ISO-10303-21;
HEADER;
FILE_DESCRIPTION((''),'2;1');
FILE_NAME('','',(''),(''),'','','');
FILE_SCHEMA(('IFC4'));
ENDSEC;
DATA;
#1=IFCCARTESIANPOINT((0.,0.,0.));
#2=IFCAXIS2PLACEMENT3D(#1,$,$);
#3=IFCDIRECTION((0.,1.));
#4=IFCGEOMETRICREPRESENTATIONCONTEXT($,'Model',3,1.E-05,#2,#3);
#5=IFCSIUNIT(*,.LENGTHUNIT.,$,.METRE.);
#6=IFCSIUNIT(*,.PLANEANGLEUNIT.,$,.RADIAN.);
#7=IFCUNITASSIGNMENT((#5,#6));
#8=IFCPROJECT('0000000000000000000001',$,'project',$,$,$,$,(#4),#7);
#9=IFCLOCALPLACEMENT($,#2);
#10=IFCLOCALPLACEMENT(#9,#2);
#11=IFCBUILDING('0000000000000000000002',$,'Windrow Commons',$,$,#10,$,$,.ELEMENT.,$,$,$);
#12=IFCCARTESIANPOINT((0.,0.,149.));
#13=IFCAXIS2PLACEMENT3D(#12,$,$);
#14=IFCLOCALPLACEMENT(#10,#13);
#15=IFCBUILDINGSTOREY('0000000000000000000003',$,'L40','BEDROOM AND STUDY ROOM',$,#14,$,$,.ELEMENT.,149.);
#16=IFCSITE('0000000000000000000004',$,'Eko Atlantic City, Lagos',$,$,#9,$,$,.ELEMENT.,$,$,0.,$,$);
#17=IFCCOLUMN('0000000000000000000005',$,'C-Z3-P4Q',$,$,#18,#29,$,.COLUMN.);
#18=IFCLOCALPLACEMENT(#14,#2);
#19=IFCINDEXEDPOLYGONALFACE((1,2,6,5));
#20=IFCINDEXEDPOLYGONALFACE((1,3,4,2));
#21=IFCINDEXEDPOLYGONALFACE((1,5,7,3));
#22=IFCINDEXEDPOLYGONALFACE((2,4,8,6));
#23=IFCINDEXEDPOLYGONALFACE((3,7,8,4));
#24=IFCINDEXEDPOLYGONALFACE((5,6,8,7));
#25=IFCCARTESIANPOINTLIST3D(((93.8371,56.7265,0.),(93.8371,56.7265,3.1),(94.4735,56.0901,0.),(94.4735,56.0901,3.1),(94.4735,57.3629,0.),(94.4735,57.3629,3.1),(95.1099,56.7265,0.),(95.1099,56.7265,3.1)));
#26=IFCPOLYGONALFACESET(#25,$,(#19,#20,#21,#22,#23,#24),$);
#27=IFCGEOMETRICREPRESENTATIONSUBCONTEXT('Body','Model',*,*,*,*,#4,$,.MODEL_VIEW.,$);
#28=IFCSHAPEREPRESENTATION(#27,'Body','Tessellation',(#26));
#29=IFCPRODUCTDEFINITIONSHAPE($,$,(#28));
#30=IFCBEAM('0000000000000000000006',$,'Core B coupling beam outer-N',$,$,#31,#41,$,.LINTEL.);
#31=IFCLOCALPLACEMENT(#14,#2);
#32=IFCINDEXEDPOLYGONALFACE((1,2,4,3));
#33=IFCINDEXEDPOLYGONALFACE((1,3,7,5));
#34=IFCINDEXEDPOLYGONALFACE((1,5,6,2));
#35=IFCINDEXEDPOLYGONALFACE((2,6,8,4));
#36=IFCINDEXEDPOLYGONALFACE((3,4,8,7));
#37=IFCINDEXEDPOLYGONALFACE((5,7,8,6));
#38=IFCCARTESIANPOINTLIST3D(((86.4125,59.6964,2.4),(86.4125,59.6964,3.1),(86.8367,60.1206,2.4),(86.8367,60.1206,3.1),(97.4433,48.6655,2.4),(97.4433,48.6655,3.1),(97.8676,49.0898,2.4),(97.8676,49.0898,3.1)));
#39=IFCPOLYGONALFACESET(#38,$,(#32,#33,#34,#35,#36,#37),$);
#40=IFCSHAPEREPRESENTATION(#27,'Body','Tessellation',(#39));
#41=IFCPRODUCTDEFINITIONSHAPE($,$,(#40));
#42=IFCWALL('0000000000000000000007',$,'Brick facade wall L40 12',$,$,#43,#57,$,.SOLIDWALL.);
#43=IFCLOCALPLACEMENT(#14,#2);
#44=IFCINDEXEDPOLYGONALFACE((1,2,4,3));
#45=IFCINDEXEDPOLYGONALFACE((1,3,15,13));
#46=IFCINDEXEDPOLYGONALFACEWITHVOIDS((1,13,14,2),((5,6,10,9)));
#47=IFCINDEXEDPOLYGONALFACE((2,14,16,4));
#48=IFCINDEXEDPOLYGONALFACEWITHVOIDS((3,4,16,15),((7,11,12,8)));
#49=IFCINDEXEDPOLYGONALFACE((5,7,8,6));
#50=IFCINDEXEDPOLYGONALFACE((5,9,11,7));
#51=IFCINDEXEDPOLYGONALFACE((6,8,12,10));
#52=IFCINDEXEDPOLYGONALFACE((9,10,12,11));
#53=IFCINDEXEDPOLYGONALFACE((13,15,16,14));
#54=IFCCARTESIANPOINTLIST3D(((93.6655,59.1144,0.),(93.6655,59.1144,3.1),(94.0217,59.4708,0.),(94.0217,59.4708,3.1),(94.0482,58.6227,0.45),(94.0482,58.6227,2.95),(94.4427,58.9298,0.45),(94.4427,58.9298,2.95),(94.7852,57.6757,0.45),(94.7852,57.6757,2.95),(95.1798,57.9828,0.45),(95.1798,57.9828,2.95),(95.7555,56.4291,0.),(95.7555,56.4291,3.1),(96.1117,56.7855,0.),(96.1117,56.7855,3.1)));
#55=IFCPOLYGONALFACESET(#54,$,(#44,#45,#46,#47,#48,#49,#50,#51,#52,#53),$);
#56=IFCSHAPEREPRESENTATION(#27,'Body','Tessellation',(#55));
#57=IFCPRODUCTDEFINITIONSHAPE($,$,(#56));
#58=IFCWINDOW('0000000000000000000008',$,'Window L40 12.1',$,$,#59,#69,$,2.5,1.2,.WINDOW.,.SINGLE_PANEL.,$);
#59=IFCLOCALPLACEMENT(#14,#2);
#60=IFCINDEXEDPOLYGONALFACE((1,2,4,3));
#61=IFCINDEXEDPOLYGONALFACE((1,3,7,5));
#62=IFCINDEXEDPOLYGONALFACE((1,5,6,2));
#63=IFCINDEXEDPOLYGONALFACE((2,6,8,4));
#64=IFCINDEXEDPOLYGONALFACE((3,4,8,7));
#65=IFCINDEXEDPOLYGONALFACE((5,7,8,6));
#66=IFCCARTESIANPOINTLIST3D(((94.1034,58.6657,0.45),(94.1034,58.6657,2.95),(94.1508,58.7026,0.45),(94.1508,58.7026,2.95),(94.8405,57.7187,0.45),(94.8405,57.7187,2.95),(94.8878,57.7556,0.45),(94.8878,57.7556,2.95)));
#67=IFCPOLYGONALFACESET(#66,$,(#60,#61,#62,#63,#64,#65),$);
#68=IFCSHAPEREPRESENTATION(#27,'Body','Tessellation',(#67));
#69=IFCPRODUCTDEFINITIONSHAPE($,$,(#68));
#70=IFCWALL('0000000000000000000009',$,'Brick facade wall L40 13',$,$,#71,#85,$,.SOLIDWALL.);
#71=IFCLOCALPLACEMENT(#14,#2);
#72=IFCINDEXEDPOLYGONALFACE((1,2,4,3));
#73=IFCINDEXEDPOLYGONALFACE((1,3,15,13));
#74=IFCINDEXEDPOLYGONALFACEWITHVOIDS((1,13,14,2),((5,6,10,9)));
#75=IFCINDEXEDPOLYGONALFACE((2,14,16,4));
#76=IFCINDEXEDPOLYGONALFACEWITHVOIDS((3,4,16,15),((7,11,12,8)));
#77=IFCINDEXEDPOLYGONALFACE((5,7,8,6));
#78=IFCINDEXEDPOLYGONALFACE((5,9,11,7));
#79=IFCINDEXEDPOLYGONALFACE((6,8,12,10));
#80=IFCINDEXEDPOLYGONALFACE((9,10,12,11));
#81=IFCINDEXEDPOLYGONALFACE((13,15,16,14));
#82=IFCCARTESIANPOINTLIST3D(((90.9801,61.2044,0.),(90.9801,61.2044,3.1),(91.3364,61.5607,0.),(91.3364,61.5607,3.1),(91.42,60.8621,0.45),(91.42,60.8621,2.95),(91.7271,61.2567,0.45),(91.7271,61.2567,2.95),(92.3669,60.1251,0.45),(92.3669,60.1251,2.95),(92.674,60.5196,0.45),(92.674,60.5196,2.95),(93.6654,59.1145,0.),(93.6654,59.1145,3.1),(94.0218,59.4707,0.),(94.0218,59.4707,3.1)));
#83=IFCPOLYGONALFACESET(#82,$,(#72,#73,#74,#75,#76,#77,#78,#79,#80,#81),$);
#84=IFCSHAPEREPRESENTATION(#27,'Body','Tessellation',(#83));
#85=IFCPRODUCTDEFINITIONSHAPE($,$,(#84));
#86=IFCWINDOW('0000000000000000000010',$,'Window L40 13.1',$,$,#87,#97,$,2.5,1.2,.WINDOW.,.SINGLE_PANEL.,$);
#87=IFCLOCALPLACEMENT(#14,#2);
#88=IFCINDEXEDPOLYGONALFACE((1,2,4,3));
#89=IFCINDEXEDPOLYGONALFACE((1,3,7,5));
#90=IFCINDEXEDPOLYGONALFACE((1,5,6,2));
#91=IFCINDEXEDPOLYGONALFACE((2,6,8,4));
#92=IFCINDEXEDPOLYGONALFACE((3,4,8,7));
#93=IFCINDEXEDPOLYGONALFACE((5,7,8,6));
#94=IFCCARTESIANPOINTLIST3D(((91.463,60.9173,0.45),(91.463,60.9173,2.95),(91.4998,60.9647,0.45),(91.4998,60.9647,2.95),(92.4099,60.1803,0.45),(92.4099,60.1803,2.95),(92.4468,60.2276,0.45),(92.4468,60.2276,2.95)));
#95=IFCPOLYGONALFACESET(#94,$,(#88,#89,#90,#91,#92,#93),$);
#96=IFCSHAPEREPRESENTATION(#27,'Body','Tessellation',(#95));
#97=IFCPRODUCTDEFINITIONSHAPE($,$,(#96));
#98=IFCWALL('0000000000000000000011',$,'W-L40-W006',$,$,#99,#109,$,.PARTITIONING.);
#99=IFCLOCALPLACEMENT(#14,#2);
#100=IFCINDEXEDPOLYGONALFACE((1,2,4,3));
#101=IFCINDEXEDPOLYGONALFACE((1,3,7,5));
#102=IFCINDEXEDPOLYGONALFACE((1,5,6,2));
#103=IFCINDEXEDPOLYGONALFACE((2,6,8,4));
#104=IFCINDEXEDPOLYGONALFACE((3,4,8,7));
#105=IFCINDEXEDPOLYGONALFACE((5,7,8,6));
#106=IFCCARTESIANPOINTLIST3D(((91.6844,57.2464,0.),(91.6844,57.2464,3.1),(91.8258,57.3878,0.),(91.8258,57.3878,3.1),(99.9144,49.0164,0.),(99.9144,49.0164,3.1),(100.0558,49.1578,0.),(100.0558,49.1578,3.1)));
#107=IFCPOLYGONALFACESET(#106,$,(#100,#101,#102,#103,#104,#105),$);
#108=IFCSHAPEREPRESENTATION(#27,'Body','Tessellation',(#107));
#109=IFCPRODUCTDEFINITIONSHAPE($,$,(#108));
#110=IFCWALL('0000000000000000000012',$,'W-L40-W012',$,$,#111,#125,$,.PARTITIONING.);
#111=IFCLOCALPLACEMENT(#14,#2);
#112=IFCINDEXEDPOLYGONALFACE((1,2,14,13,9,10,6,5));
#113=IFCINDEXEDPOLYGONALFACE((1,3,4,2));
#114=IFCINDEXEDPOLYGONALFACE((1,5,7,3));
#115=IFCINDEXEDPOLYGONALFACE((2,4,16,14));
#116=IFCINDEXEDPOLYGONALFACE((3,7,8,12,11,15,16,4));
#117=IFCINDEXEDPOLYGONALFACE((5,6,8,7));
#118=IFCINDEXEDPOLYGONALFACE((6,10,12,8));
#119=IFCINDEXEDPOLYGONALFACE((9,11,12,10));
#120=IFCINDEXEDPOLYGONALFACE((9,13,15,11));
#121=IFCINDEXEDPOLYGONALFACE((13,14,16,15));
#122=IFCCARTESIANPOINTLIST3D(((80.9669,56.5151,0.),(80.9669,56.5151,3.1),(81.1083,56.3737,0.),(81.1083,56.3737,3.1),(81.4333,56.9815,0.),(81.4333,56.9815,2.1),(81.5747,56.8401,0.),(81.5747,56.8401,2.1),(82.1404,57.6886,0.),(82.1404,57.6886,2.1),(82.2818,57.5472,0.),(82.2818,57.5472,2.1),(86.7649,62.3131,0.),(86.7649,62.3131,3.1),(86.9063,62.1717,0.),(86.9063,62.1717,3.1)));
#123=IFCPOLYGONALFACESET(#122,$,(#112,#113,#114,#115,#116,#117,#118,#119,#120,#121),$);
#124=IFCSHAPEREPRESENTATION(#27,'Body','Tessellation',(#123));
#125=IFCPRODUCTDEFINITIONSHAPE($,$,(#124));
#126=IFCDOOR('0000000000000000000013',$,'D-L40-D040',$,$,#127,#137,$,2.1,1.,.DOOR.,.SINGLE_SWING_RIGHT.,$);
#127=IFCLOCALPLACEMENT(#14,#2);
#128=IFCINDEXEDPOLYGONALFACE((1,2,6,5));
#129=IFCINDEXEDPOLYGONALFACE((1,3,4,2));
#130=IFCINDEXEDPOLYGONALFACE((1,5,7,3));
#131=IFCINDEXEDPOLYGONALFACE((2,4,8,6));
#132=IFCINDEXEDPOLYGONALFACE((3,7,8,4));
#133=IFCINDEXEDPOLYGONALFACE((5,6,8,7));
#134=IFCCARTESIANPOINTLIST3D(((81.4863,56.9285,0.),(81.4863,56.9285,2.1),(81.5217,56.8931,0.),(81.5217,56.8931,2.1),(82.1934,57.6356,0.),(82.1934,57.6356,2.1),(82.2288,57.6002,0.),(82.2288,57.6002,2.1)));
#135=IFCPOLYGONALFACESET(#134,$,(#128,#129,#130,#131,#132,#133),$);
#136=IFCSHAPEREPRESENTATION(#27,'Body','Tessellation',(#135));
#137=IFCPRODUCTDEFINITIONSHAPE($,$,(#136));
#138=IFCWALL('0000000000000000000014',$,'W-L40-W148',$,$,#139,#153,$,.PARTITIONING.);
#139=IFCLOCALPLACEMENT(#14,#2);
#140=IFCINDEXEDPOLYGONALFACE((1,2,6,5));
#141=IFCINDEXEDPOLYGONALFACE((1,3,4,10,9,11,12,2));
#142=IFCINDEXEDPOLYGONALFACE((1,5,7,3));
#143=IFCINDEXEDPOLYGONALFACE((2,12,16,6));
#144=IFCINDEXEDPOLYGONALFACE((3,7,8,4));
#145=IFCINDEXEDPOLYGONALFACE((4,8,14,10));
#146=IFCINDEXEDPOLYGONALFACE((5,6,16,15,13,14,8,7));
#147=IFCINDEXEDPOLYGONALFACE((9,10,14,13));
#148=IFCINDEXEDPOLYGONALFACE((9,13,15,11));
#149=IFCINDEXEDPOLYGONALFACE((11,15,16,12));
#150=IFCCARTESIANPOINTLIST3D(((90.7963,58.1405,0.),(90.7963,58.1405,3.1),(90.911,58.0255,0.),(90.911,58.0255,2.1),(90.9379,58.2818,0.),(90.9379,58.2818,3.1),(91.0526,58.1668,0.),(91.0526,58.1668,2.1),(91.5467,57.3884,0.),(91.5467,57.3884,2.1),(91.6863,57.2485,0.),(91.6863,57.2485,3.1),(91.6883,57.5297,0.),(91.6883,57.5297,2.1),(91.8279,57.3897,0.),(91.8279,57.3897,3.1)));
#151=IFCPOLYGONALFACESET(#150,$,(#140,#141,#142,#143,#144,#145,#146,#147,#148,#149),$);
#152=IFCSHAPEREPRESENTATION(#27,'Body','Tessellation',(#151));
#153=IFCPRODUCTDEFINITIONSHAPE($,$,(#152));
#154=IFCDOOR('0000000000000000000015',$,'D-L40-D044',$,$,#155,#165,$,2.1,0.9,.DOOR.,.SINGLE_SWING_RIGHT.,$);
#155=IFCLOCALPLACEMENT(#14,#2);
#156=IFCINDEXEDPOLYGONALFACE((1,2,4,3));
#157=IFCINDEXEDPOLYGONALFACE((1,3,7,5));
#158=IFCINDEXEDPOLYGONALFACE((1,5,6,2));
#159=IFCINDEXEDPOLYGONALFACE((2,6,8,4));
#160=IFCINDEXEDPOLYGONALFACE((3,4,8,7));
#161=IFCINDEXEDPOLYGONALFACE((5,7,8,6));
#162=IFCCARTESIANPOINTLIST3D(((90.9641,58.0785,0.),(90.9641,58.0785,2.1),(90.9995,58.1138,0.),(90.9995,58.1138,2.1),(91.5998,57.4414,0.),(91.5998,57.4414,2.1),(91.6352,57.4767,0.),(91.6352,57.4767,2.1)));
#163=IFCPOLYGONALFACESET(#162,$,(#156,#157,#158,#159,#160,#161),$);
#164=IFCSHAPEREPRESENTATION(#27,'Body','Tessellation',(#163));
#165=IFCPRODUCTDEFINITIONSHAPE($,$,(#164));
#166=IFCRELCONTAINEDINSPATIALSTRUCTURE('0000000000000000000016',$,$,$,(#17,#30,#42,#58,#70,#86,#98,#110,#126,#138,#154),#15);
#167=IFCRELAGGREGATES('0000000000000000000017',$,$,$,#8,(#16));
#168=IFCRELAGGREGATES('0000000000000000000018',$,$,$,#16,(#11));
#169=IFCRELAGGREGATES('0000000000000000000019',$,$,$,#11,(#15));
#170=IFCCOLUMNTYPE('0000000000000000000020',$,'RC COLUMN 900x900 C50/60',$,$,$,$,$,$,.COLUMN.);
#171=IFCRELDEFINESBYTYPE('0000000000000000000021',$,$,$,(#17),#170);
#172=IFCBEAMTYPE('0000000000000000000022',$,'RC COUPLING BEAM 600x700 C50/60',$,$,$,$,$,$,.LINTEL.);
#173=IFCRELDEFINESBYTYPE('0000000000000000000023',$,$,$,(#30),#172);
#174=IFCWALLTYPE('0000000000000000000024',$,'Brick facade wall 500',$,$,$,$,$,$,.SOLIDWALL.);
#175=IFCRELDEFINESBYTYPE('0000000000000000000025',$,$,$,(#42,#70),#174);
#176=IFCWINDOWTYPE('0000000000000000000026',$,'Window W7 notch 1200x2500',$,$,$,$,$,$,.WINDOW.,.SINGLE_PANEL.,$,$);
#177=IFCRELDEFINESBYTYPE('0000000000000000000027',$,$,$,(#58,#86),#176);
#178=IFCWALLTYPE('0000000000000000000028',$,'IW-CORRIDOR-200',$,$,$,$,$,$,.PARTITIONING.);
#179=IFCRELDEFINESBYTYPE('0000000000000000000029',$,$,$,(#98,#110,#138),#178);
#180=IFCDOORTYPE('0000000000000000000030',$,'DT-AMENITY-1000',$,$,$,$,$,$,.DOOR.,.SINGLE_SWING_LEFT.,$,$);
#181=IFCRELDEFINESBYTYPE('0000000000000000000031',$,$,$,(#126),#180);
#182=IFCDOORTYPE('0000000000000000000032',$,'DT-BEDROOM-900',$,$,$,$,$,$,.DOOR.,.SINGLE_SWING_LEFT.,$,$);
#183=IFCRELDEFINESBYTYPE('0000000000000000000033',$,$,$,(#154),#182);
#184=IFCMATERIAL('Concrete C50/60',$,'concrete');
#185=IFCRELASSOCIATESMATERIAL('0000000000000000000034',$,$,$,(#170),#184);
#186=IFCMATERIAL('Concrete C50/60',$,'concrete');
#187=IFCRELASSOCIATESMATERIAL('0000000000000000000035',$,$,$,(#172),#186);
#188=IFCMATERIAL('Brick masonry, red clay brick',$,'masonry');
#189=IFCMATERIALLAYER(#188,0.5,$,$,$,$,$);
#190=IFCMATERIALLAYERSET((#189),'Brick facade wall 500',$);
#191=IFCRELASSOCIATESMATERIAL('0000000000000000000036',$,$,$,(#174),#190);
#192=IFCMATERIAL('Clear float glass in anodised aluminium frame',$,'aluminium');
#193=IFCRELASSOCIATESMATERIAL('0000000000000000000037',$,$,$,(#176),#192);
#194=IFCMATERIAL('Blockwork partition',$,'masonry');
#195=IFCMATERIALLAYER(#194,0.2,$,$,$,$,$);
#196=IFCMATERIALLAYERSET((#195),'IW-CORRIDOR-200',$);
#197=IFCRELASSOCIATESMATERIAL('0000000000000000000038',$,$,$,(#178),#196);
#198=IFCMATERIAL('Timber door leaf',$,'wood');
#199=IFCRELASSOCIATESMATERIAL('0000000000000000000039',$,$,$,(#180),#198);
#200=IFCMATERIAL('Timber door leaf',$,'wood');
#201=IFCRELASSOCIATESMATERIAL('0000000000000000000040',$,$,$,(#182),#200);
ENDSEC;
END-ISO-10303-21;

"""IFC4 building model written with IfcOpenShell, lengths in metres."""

from ifc_helpers import new_model, si_unit, direction, frame, frame_2d, origin, origin_2d, place, context, subcontext, project, spatial, polyline, rectangle, outline, extrude, material, layer, layer_set, material_profile, profile_set, type_object, element, fill, save


model = new_model("IFC4")

# Units and contexts
model_context = context("Model", 3, precision=1e-05, world=origin(), true_north=direction((0.0, 1.0)))
body_context = subcontext(model_context, "Body", "Model", "MODEL_VIEW")
ifc_project = project(units=[si_unit("LENGTHUNIT", "METRE"), si_unit("PLANEANGLEUNIT", "RADIAN")], contexts=[model_context])

# Site, building, storey
site_placement = place(None, origin())
site = spatial("IfcSite", under=ifc_project, at=site_placement, Name="Eko Atlantic City, Lagos", CompositionType="ELEMENT", RefElevation=0.0)
building_placement = place(site_placement, origin())
building = spatial("IfcBuilding", under=site, at=building_placement, Name="Windrow Commons", CompositionType="ELEMENT")
storey_placement = place(building_placement, frame((0.0, 0.0, 149.0)))
storey = spatial("IfcBuildingStorey", under=building, at=storey_placement, Name="L40", Description="BEDROOM AND STUDY ROOM", CompositionType="ELEMENT", Elevation=149.0)

# Column
ifc_material_1 = material(Name="Concrete C50/60", Category="concrete")
ifc_material_profile_1 = material_profile(ifc_material_1, rectangle(XDim=0.9, YDim=0.9, at=origin_2d()))
ifc_profile_set_1 = profile_set([ifc_material_profile_1], Name="Concrete C50/60")
column_type = type_object("IfcColumnType", Name="RC COLUMN 900x900 C50/60", PredefinedType="COLUMN", material=ifc_profile_set_1)
column_placement = place(storey_placement, frame((94.4735, 56.7265, 0.0), z_axis=(0.0, 0.0, 1.0), x_axis=(0.707107, -0.707107, 0.0)))
element("IfcColumn", 1, at=column_placement, inside=storey, type_object=column_type, Name="C-Z3-P4Q", PredefinedType="COLUMN", context=body_context, shape_type="SweptSolid", body=[
    extrude(rectangle(XDim=0.9, YDim=0.9, at=origin_2d()), origin(), (0.0, 0.0, 1.0), 3.1),
])

# Beam
ifc_material_2 = material(Name="Concrete C50/60", Category="concrete")
ifc_material_profile_2 = material_profile(ifc_material_2, rectangle(XDim=0.6, YDim=0.7, at=origin_2d()))
ifc_profile_set_2 = profile_set([ifc_material_profile_2], Name="Concrete C50/60")
beam_type = type_object("IfcBeamType", Name="RC COUPLING BEAM 600x700 C50/60", PredefinedType="LINTEL", material=ifc_profile_set_2)
beam_placement = place(storey_placement, frame((86.6246, 59.9085, 2.75), z_axis=(0.707107, -0.707107, 0.0), x_axis=(0.707107, 0.707107, 0.0)))
element("IfcBeam", 2, at=beam_placement, inside=storey, type_object=beam_type, Name="Core B coupling beam outer-N", PredefinedType="LINTEL", context=body_context, shape_type="SweptSolid", body=[
    extrude(rectangle(XDim=0.6, YDim=0.7, at=origin_2d()), origin(), (0.0, 0.0, 1.0), 15.6),
])

# Walls, openings, windows
ifc_material_3 = material(Name="Brick masonry, red clay brick", Category="masonry")
ifc_layer_1 = layer(ifc_material_3, 0.5)
ifc_layer_set_1 = layer_set([ifc_layer_1], Name="Brick facade wall 500")
wall_type_1 = type_object("IfcWallType", Name="Brick facade wall 500", PredefinedType="SOLIDWALL", material=ifc_layer_set_1)
wall_1_placement = place(storey_placement, frame((95.9336, 56.6073, 0.0), z_axis=(0.0, 0.0, 1.0), x_axis=(-0.614203, 0.789148, 0.0)))
wall_1 = element("IfcWall", 3, at=wall_1_placement, inside=storey, type_object=wall_type_1, Name="Brick facade wall L40 12", PredefinedType="SOLIDWALL", context=body_context, shape_type="SweptSolid", body=[
    extrude(outline(polyline([(0.0312, -0.25), (3.434, -0.25), (3.3716, 0.25), (-0.0312, 0.25), (0.0312, -0.25)])), origin(), (0.0, 0.0, 1.0), 3.1),
])
opening_1_placement = place(wall_1_placement, frame((1.5485, 0.0, 0.45)))
opening_1 = element("IfcOpeningElement", 4, at=opening_1_placement, cuts=wall_1, PredefinedType="OPENING", context=body_context, shape_type="SweptSolid", body=[
    extrude(rectangle(XDim=1.2, YDim=2.5, at=frame_2d((0.6, 1.25))), frame((0.0, 0.26, 0.0), z_axis=(0.0, -1.0, 0.0), x_axis=(1.0, 0.0, 0.0)), (0.0, 0.0, 1.0), 0.52),
])
ifc_material_4 = material(Name="Clear float glass in anodised aluminium frame", Category="aluminium")
window_type = type_object("IfcWindowType", Name="Window W7 notch 1200x2500", PartitioningType="SINGLE_PANEL", PredefinedType="WINDOW", material=ifc_material_4)
window_1_placement = place(opening_1_placement, origin())
window_1 = element("IfcWindow", 5, at=window_1_placement, inside=storey, type_object=window_type, Name="Window L40 12.1", OverallHeight=2.5, OverallWidth=1.2, PartitioningType="SINGLE_PANEL", PredefinedType="WINDOW", context=body_context, shape_type="SweptSolid", body=[
    extrude(rectangle(XDim=1.2, YDim=2.5, at=frame_2d((0.6, 1.25))), frame((0.0, 0.18, 0.0), z_axis=(0.0, -1.0, 0.0), x_axis=(1.0, 0.0, 0.0)), (0.0, 0.0, 1.0), 0.06),
])
fill(opening_1, window_1)
wall_2_placement = place(storey_placement, frame((93.8436, 59.2926, 0.0), z_axis=(0.0, 0.0, 1.0), x_axis=(-0.789159, 0.614189, 0.0)))
wall_2 = element("IfcWall", 6, at=wall_2_placement, inside=storey, type_object=wall_type_1, Name="Brick facade wall L40 13", PredefinedType="SOLIDWALL", context=body_context, shape_type="SweptSolid", body=[
    extrude(outline(polyline([(-0.0312, -0.25), (3.3716, -0.25), (3.434, 0.25), (0.0312, 0.25), (-0.0312, -0.25)])), origin(), (0.0, 0.0, 1.0), 3.1),
])
opening_2_placement = place(wall_2_placement, frame((1.6766, 0.0, 0.45)))
opening_2 = element("IfcOpeningElement", 7, at=opening_2_placement, cuts=wall_2, PredefinedType="OPENING", context=body_context, shape_type="SweptSolid", body=[
    extrude(rectangle(XDim=1.2, YDim=2.5, at=frame_2d((0.6, 1.25))), frame((0.0, 0.26, 0.0), z_axis=(0.0, -1.0, 0.0), x_axis=(1.0, 0.0, 0.0)), (0.0, 0.0, 1.0), 0.52),
])
window_2_placement = place(opening_2_placement, origin())
window_2 = element("IfcWindow", 8, at=window_2_placement, inside=storey, type_object=window_type, Name="Window L40 13.1", OverallHeight=2.5, OverallWidth=1.2, PartitioningType="SINGLE_PANEL", PredefinedType="WINDOW", context=body_context, shape_type="SweptSolid", body=[
    extrude(rectangle(XDim=1.2, YDim=2.5, at=frame_2d((0.6, 1.25))), frame((0.0, 0.18, 0.0), z_axis=(0.0, -1.0, 0.0), x_axis=(1.0, 0.0, 0.0)), (0.0, 0.0, 1.0), 0.06),
])
fill(opening_2, window_2)

# Wall
ifc_material_5 = material(Name="Blockwork partition", Category="masonry")
ifc_layer_2 = layer(ifc_material_5, 0.2)
ifc_layer_set_2 = layer_set([ifc_layer_2], Name="IW-CORRIDOR-200")
wall_type_2 = type_object("IfcWallType", Name="IW-CORRIDOR-200", PredefinedType="PARTITIONING", material=ifc_layer_set_2)
wall_3_placement = place(storey_placement, frame((91.7551, 57.3171, 0.0), z_axis=(0.0, 0.0, 1.0), x_axis=(0.707107, -0.707107, 0.0)))
element("IfcWall", 9, at=wall_3_placement, inside=storey, type_object=wall_type_2, Name="W-L40-W006", PredefinedType="PARTITIONING", context=body_context, shape_type="SweptSolid", body=[
    extrude(rectangle(XDim=11.639, YDim=0.2, at=frame_2d((5.8195, 0.0))), origin(), (0.0, 0.0, 1.0), 3.1),
])

# Walls, openings, doors
wall_4_placement = place(storey_placement, frame((81.0376, 56.4444, 0.0), z_axis=(0.0, 0.0, 1.0), x_axis=(0.707107, 0.707107, 0.0)))
wall_4 = element("IfcWall", 10, at=wall_4_placement, inside=storey, type_object=wall_type_2, Name="W-L40-W012", PredefinedType="PARTITIONING", context=body_context, shape_type="SweptSolid", body=[
    extrude(rectangle(XDim=8.1996, YDim=0.2, at=frame_2d((4.0998, 0.0))), origin(), (0.0, 0.0, 1.0), 3.1),
])
opening_3_placement = place(wall_4_placement, frame((0.6596, 0.0, 0.0)))
opening_3 = element("IfcOpeningElement", 11, at=opening_3_placement, cuts=wall_4, PredefinedType="OPENING", context=body_context, shape_type="SweptSolid", body=[
    extrude(rectangle(XDim=1.0, YDim=2.1, at=frame_2d((0.5, 1.05))), frame((0.0, 0.11, 0.0), z_axis=(0.0, -1.0, 0.0), x_axis=(1.0, 0.0, 0.0)), (0.0, 0.0, 1.0), 0.22),
])
ifc_material_6 = material(Name="Timber door leaf", Category="wood")
door_type_1 = type_object("IfcDoorType", Name="DT-AMENITY-1000", OperationType="SINGLE_SWING_LEFT", PredefinedType="DOOR", material=ifc_material_6)
door_1_placement = place(opening_3_placement, origin())
door_1 = element("IfcDoor", 12, at=door_1_placement, inside=storey, type_object=door_type_1, Name="D-L40-D040", OperationType="SINGLE_SWING_RIGHT", OverallHeight=2.1, OverallWidth=1.0, PredefinedType="DOOR", context=body_context, shape_type="SweptSolid", body=[
    extrude(rectangle(XDim=1.0, YDim=2.1, at=frame_2d((0.5, 1.05))), frame((0.0, 0.025, 0.0), z_axis=(0.0, -1.0, 0.0), x_axis=(1.0, 0.0, 0.0)), (0.0, 0.0, 1.0), 0.05),
])
fill(opening_3, door_1)
wall_5_placement = place(storey_placement, frame((90.8671, 58.2111, 0.0), z_axis=(0.0, 0.0, 1.0), x_axis=(0.706313, -0.7079, 0.0)))
wall_5 = element("IfcWall", 13, at=wall_5_placement, inside=storey, type_object=wall_type_2, Name="W-L40-W148", PredefinedType="PARTITIONING", context=body_context, shape_type="SweptSolid", body=[
    extrude(rectangle(XDim=1.2601, YDim=0.2, at=frame_2d((0.63, 0.0))), origin(), (0.0, 0.0, 1.0), 3.1),
])
opening_4_placement = place(wall_5_placement, frame((0.1624, 0.0, 0.0)))
opening_4 = element("IfcOpeningElement", 14, at=opening_4_placement, cuts=wall_5, PredefinedType="OPENING", context=body_context, shape_type="SweptSolid", body=[
    extrude(rectangle(XDim=0.9, YDim=2.1, at=frame_2d((0.45, 1.05))), frame((0.0, 0.11, 0.0), z_axis=(0.0, -1.0, 0.0), x_axis=(1.0, 0.0, 0.0)), (0.0, 0.0, 1.0), 0.22),
])
ifc_material_7 = material(Name="Timber door leaf", Category="wood")
door_type_2 = type_object("IfcDoorType", Name="DT-BEDROOM-900", OperationType="SINGLE_SWING_LEFT", PredefinedType="DOOR", material=ifc_material_7)
door_2_placement = place(opening_4_placement, origin())
door_2 = element("IfcDoor", 15, at=door_2_placement, inside=storey, type_object=door_type_2, Name="D-L40-D044", OperationType="SINGLE_SWING_RIGHT", OverallHeight=2.1, OverallWidth=0.9, PredefinedType="DOOR", context=body_context, shape_type="SweptSolid", body=[
    extrude(rectangle(XDim=0.9, YDim=2.1, at=frame_2d((0.45, 1.05))), frame((0.0, 0.025, 0.0), z_axis=(0.0, -1.0, 0.0), x_axis=(1.0, 0.0, 0.0)), (0.0, 0.0, 1.0), 0.05),
])
fill(opening_4, door_2)

save(model, "model.ifc")
